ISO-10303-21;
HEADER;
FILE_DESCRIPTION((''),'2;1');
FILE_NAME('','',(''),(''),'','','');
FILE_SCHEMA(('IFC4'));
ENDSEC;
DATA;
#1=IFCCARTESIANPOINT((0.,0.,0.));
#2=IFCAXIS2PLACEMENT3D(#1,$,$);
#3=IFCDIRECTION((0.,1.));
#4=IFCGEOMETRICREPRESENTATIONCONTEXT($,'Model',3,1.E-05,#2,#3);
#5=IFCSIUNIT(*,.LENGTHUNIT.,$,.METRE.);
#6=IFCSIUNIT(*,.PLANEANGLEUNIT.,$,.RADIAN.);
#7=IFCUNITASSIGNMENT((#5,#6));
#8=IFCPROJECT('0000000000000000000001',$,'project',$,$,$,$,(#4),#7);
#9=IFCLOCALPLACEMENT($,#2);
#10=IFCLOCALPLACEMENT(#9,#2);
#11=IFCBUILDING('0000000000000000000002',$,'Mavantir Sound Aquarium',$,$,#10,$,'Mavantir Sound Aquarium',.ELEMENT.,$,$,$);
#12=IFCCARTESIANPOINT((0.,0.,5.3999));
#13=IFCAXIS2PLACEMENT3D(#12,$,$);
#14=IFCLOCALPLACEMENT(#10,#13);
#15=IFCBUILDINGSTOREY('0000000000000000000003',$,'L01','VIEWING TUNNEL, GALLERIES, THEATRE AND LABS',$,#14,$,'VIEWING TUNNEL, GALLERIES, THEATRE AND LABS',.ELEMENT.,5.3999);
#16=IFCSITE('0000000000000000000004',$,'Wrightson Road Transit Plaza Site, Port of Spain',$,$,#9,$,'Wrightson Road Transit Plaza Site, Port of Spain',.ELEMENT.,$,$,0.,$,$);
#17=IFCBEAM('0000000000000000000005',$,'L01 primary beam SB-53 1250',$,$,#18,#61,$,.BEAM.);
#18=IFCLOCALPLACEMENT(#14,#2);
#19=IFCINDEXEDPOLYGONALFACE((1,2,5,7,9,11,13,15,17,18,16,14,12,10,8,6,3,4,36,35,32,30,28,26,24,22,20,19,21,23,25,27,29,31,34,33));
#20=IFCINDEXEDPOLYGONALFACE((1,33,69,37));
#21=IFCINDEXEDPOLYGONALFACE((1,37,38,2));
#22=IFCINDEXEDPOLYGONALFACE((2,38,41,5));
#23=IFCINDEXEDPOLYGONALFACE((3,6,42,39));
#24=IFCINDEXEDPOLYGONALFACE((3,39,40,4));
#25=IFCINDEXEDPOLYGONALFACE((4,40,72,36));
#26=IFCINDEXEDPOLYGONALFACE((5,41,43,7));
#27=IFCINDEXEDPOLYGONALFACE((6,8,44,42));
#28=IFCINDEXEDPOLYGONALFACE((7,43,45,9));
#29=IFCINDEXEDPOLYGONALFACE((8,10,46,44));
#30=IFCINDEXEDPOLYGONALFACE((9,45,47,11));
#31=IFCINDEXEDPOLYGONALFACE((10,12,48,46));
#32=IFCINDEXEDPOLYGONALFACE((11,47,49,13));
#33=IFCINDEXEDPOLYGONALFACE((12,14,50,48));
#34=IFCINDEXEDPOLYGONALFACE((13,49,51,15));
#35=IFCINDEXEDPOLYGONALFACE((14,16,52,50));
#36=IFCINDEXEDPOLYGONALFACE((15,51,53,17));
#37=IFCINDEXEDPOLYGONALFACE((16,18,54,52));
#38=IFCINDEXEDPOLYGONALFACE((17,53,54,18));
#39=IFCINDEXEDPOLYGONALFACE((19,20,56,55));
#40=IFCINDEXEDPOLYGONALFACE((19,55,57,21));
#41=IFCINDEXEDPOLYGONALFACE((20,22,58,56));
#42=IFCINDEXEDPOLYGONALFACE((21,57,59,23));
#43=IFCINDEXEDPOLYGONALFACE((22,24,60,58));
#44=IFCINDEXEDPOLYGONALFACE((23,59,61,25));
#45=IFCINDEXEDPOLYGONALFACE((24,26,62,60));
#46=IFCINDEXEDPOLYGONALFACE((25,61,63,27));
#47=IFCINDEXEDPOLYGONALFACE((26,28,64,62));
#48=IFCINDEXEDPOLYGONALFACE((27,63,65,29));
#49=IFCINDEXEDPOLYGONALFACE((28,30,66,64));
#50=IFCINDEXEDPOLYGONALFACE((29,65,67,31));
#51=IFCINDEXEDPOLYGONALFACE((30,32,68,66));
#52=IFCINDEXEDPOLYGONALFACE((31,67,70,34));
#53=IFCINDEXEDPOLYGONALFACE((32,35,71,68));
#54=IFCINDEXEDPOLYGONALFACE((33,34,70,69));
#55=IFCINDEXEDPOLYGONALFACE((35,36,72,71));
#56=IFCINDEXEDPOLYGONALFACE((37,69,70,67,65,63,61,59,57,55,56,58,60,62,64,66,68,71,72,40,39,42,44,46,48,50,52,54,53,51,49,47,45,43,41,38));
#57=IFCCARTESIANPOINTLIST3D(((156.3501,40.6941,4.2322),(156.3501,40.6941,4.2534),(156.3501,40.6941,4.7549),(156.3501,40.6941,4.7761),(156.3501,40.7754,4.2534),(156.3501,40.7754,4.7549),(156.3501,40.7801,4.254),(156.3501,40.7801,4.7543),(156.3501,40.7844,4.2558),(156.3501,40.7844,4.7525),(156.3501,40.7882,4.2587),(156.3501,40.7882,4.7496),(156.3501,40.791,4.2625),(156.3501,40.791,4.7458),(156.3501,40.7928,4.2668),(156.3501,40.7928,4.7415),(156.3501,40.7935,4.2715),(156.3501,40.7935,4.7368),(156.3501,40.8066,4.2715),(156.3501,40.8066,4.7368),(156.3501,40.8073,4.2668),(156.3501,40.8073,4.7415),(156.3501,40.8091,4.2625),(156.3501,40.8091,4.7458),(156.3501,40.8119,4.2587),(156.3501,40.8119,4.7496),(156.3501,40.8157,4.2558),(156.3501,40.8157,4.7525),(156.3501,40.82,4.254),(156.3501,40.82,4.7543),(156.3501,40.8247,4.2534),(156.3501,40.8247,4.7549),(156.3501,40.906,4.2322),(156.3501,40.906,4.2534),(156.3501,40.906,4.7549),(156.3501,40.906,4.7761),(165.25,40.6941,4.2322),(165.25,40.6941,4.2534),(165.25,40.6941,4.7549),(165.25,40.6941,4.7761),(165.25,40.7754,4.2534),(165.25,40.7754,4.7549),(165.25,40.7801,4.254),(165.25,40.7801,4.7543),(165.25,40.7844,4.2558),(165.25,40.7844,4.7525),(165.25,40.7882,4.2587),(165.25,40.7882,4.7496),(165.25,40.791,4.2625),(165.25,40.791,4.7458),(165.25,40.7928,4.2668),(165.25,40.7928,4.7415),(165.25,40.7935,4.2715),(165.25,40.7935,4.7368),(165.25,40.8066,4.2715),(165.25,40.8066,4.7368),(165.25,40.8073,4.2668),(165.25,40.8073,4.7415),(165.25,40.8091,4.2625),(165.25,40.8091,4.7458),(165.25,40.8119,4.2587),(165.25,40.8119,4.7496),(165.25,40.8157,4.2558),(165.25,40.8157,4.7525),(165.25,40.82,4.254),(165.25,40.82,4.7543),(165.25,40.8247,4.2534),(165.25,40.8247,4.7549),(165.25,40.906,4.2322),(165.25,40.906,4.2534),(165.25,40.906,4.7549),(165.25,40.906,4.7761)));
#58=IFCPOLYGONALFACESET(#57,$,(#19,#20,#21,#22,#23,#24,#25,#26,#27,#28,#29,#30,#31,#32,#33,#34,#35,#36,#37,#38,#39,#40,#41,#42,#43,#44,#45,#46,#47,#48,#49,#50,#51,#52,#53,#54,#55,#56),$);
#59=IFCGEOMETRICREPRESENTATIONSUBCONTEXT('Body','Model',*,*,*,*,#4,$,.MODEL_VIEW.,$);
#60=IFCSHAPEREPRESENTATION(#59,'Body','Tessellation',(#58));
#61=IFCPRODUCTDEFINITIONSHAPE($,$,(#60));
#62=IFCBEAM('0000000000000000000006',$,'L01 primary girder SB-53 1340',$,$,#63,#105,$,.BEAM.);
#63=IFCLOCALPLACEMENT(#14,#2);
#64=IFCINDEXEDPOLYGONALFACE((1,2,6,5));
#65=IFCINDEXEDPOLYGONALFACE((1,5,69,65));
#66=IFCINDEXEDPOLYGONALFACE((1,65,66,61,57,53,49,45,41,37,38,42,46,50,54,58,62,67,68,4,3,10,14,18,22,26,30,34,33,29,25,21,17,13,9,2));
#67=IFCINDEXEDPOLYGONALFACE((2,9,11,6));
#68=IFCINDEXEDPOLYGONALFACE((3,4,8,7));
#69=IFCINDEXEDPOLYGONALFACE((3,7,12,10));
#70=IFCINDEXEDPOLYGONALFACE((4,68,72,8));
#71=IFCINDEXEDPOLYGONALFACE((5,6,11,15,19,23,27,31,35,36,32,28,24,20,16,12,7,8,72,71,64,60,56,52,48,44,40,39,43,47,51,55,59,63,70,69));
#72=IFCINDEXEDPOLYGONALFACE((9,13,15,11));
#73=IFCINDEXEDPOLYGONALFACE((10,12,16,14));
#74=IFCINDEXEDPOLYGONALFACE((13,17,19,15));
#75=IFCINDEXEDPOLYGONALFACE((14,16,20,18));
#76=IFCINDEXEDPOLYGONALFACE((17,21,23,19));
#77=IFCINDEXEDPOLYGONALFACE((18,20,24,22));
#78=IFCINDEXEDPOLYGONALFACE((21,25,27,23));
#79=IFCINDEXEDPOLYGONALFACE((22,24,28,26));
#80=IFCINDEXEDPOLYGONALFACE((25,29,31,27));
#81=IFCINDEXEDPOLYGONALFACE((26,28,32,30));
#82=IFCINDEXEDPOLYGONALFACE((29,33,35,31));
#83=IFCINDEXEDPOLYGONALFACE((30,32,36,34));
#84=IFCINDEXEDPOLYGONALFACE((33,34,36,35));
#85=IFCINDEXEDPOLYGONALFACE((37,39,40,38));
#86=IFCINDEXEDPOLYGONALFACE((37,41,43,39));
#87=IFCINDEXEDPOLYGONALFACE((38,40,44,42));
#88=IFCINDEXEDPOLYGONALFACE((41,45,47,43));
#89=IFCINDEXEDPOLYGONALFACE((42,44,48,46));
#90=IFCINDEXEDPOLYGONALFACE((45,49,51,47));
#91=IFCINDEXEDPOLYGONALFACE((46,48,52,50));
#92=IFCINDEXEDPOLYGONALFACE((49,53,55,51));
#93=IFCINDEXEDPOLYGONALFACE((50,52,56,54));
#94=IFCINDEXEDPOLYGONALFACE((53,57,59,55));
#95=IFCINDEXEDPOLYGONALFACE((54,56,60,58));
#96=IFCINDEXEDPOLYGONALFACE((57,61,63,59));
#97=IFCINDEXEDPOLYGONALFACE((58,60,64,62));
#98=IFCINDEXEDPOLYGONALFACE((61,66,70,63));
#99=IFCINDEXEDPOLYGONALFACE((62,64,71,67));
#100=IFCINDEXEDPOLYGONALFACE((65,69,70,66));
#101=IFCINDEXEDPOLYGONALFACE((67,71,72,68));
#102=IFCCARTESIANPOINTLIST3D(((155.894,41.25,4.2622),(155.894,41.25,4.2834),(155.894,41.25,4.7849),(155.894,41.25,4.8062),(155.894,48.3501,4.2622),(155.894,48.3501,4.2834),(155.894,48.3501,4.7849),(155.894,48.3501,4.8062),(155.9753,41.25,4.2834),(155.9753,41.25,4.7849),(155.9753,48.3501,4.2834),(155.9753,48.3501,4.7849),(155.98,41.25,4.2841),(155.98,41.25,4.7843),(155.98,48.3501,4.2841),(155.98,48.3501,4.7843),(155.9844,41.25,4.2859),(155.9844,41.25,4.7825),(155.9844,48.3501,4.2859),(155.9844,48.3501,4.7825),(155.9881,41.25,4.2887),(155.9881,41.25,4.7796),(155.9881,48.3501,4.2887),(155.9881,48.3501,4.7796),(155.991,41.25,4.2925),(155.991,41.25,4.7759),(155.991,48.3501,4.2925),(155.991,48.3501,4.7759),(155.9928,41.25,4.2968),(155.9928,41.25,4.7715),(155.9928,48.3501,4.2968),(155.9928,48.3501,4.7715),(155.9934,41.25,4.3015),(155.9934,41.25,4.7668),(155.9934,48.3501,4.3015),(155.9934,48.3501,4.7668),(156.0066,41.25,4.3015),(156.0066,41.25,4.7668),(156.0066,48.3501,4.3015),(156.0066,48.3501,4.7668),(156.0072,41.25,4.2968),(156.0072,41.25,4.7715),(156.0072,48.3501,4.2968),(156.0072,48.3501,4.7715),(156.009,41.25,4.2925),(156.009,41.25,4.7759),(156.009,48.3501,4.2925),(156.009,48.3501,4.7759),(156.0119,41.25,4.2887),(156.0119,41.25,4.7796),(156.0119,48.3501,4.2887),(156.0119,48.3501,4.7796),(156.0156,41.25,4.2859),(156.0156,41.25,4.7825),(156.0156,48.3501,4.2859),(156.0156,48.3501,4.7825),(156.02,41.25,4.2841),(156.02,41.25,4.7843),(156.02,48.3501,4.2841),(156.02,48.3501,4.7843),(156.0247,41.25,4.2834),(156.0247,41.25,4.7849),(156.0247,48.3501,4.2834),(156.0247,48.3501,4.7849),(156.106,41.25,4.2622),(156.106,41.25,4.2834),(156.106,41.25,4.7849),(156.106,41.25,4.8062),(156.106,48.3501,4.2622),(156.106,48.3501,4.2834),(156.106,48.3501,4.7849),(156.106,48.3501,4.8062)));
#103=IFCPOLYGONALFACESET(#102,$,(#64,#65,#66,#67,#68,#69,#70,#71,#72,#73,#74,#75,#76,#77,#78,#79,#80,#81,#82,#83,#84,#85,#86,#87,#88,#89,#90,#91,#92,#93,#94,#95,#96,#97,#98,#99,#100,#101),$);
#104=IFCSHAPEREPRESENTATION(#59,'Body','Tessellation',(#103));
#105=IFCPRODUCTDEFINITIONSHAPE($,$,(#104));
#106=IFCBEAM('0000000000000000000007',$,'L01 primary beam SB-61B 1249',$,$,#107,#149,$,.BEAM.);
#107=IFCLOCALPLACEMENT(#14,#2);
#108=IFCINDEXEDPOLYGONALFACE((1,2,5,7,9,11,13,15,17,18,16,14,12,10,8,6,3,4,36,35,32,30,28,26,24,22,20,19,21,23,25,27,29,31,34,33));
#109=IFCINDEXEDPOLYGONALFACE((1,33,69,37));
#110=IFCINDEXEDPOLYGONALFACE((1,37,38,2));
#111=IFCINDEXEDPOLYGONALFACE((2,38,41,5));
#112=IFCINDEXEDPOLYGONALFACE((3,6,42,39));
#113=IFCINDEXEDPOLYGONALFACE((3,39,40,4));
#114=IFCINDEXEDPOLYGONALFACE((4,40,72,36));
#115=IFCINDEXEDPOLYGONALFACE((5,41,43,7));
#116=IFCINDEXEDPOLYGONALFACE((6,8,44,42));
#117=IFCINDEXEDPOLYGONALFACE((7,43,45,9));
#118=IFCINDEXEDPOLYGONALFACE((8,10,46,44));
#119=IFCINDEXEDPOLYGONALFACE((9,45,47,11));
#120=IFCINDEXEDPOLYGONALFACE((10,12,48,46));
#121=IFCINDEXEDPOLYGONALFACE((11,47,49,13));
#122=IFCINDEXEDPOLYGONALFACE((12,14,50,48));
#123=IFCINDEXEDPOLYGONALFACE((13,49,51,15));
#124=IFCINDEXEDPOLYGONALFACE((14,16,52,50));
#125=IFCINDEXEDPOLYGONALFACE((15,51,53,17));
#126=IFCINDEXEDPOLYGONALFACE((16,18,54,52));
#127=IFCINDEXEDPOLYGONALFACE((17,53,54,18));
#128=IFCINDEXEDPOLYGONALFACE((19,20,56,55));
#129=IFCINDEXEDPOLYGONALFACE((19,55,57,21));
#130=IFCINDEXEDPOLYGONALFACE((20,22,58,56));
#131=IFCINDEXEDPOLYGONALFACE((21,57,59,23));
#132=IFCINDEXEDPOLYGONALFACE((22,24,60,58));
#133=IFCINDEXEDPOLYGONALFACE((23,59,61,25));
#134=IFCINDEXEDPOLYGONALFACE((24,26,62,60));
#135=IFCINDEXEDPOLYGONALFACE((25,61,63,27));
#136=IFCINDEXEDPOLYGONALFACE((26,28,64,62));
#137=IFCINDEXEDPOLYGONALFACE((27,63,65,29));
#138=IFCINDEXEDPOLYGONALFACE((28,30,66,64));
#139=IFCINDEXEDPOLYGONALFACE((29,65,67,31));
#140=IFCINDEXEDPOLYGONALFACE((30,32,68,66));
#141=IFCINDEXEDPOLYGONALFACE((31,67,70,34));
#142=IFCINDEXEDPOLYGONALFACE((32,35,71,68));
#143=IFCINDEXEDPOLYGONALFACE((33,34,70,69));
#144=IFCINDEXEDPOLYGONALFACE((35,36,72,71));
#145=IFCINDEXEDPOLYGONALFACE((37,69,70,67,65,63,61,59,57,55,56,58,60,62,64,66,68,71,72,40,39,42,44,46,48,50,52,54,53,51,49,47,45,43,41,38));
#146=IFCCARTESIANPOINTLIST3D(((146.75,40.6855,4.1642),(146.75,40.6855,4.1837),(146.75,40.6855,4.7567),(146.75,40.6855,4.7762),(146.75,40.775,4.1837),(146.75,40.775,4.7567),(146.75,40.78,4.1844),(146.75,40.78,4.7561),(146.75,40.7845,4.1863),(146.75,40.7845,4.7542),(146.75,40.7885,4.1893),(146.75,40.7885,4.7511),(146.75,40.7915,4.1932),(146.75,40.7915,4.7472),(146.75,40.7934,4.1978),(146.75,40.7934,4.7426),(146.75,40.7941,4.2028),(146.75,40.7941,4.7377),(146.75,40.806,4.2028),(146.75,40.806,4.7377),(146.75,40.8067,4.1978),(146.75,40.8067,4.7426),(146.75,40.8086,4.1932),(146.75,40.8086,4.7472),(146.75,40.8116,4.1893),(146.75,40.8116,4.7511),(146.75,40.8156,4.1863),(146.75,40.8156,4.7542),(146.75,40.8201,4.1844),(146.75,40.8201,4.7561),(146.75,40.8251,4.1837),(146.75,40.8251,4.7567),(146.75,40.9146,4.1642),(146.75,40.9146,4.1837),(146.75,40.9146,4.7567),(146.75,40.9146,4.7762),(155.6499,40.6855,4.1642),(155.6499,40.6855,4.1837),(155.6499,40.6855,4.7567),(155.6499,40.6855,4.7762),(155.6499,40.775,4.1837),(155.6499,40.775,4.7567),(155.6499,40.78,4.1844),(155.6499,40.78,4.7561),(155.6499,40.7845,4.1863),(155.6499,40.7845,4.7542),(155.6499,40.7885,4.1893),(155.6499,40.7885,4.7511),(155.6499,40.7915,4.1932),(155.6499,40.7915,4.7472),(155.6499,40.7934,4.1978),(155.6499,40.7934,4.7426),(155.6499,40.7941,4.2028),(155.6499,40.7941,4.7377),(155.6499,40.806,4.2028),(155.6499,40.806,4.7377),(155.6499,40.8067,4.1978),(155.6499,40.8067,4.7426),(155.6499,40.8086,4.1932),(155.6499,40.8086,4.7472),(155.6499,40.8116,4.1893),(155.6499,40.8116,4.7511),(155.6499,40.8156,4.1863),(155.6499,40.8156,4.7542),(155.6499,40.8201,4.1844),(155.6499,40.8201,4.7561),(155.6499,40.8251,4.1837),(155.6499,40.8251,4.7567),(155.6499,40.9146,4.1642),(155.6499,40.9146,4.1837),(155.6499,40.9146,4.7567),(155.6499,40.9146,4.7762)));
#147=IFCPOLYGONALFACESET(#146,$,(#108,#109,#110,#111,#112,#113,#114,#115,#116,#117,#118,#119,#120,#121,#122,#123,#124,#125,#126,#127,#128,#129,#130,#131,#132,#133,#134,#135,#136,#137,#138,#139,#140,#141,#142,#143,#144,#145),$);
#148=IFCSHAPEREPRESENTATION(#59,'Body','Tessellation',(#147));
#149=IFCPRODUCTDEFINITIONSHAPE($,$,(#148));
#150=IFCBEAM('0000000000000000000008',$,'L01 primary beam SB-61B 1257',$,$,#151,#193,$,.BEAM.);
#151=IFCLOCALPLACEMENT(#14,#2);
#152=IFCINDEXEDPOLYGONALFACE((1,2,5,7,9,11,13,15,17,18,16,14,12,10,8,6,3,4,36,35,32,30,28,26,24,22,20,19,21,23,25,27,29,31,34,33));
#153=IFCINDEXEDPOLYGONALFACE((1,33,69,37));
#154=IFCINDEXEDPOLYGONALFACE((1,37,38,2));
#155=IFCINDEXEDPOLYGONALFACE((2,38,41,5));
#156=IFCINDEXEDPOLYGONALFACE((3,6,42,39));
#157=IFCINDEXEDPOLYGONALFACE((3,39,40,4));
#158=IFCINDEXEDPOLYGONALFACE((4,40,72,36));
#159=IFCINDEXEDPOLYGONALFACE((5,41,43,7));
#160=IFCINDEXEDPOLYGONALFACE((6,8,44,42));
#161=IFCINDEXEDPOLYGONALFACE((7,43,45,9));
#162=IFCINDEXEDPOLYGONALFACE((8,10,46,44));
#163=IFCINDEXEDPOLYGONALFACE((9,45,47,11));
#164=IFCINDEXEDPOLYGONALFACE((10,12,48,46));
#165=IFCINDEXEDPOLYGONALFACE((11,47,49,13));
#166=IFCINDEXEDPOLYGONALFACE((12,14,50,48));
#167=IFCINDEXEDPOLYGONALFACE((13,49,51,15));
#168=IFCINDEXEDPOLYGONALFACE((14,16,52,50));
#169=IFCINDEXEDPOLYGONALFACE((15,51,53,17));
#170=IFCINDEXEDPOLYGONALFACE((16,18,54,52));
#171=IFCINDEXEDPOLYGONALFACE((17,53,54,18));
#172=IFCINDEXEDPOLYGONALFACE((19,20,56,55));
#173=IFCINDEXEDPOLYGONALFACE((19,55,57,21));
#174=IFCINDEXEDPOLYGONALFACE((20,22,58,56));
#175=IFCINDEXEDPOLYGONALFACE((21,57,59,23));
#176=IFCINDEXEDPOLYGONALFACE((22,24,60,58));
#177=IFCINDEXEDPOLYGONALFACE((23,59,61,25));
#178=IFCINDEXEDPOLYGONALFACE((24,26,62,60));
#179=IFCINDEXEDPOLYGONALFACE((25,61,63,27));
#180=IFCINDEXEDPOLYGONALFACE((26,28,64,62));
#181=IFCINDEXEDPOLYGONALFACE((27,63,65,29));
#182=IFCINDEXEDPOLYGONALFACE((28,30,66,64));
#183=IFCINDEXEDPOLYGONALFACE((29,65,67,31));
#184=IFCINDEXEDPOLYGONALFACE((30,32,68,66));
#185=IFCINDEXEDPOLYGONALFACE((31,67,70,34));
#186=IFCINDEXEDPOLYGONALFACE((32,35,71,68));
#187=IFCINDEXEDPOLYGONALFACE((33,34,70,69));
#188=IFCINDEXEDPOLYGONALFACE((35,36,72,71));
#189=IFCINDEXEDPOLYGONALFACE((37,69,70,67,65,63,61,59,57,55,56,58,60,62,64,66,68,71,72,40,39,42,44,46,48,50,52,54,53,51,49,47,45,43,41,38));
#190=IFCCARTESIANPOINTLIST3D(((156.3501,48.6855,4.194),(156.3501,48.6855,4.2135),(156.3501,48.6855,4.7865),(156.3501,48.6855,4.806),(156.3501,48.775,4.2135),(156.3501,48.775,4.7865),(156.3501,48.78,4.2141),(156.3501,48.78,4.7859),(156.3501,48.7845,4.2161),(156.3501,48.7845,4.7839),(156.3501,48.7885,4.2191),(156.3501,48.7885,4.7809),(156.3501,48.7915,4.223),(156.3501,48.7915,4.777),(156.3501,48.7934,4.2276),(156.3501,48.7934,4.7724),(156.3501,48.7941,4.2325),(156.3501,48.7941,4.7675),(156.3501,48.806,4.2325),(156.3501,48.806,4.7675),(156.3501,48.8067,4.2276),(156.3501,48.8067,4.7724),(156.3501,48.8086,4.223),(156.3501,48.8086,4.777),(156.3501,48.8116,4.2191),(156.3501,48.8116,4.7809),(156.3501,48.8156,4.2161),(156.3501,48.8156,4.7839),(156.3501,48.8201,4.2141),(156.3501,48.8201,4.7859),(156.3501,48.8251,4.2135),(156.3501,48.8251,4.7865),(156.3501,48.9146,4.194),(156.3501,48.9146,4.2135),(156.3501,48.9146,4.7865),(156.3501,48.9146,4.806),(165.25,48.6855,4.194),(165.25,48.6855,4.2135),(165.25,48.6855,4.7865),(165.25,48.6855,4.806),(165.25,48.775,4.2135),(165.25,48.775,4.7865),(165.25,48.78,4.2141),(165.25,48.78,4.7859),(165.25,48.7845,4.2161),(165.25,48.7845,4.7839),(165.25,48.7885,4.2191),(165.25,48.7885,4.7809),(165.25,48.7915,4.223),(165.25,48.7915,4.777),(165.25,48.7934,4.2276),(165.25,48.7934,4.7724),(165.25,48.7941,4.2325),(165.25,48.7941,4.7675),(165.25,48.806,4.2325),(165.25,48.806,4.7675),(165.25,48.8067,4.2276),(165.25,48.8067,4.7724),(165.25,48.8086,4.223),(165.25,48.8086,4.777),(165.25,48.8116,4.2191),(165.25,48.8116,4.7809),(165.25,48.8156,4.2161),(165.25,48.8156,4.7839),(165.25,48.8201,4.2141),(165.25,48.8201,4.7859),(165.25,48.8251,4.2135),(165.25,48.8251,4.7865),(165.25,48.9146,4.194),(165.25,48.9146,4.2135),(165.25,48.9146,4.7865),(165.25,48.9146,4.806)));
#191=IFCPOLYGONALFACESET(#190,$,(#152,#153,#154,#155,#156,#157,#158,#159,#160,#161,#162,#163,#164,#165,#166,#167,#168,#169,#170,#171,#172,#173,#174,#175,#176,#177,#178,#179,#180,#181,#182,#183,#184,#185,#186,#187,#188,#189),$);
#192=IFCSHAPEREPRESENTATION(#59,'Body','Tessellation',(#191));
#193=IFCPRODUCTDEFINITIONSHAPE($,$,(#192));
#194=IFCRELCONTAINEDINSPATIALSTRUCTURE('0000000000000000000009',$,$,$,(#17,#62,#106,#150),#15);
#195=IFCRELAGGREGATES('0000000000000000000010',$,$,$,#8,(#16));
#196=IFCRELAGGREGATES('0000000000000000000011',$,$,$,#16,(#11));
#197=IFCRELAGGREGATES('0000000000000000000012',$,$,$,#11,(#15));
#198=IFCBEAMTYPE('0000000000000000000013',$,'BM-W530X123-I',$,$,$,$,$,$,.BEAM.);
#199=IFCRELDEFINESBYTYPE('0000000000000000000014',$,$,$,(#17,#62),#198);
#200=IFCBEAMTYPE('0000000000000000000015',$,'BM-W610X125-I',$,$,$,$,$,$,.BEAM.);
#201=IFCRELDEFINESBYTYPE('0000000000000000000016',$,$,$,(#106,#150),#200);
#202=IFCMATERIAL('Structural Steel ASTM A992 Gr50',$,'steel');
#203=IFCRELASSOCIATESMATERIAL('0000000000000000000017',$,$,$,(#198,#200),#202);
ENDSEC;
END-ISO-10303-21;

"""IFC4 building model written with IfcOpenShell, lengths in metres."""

from ifc_helpers import new_model, si_unit, direction, frame, origin, origin_2d, place, context, subcontext, project, spatial, i_section, extrude, material, material_profile, profile_set, type_object, element, save


model = new_model("IFC4")

# Units and contexts
model_context = context("Model", 3, precision=1e-05, world=origin(), true_north=direction((0.0, 1.0)))
body_context = subcontext(model_context, "Body", "Model", "MODEL_VIEW")
ifc_project = project(units=[si_unit("LENGTHUNIT", "METRE"), si_unit("PLANEANGLEUNIT", "RADIAN")], contexts=[model_context])

# Site, building, storey
site_placement = place(None, origin())
site = spatial("IfcSite", under=ifc_project, at=site_placement, Name="Wrightson Road Transit Plaza Site, Port of Spain", LongName="Wrightson Road Transit Plaza Site, Port of Spain", CompositionType="ELEMENT", RefElevation=0.0)
building_placement = place(site_placement, origin())
building = spatial("IfcBuilding", under=site, at=building_placement, Name="Mavantir Sound Aquarium", LongName="Mavantir Sound Aquarium", CompositionType="ELEMENT")
storey_placement = place(building_placement, frame((0.0, 0.0, 5.3999)))
storey = spatial("IfcBuildingStorey", under=building, at=storey_placement, Name="L01", Description="VIEWING TUNNEL, GALLERIES, THEATRE AND LABS", LongName="VIEWING TUNNEL, GALLERIES, THEATRE AND LABS", CompositionType="ELEMENT", Elevation=5.3999)

# Beams
ifc_material_1 = material(Name="Structural Steel ASTM A992 Gr50", Category="steel")
ifc_material_profile_1 = material_profile(ifc_material_1, i_section(OverallWidth=0.2119, OverallDepth=0.5439, WebThickness=0.0132, FlangeThickness=0.0212, FilletRadius=0.0181, at=origin_2d()), Name="W530X123")
ifc_profile_set_1 = profile_set([ifc_material_profile_1], Name="Structural Steel ASTM A992 Gr50")
beam_type_1 = type_object("IfcBeamType", Name="BM-W530X123-I", PredefinedType="BEAM", material=ifc_profile_set_1)
beam_1_placement = place(storey_placement, frame((156.3501, 40.8, 4.5042), z_axis=(1.0, 0.0, 0.0), x_axis=(0.0, 1.0, 0.0)))
element("IfcBeam", 1, at=beam_1_placement, inside=storey, type_object=beam_type_1, Name="L01 primary beam SB-53 1250", PredefinedType="BEAM", context=body_context, shape_type="SweptSolid", body=[
    extrude(i_section(OverallWidth=0.2119, OverallDepth=0.5439, WebThickness=0.0132, FlangeThickness=0.0212, FilletRadius=0.0181, at=origin_2d()), origin(), (0.0, 0.0, 1.0), 8.8999),
])
beam_2_placement = place(storey_placement, frame((156.0, 41.25, 4.5342), z_axis=(0.0, 1.0, 0.0), x_axis=(-1.0, 0.0, 0.0)))
element("IfcBeam", 2, at=beam_2_placement, inside=storey, type_object=beam_type_1, Name="L01 primary girder SB-53 1340", PredefinedType="BEAM", context=body_context, shape_type="SweptSolid", body=[
    extrude(i_section(OverallWidth=0.2119, OverallDepth=0.5439, WebThickness=0.0132, FlangeThickness=0.0212, FilletRadius=0.0181, at=origin_2d()), origin(), (0.0, 0.0, 1.0), 7.1001),
])
ifc_material_profile_2 = material_profile(ifc_material_1, i_section(OverallWidth=0.229, OverallDepth=0.6121, WebThickness=0.012, FlangeThickness=0.0195, FilletRadius=0.019, at=origin_2d()), Name="W610X125")
ifc_profile_set_2 = profile_set([ifc_material_profile_2], Name="Structural Steel ASTM A992 Gr50")
beam_type_2 = type_object("IfcBeamType", Name="BM-W610X125-I", PredefinedType="BEAM", material=ifc_profile_set_2)
for number, where, z_axis, x_axis, name in (
    (3, (146.75, 40.8, 4.4702), (1.0, 0.0, 0.0), (0.0, 1.0, 0.0), "L01 primary beam SB-61B 1249"),
    (4, (156.3501, 48.8, 4.5), (1.0, 0.0, 0.0), (0.0, 1.0, 0.0), "L01 primary beam SB-61B 1257"),
):
    element("IfcBeam", number, at=place(storey_placement, frame(where, z_axis=z_axis, x_axis=x_axis)), inside=storey, type_object=beam_type_2, Name=name, PredefinedType="BEAM", context=body_context, shape_type="SweptSolid", body=[
        extrude(i_section(OverallWidth=0.229, OverallDepth=0.6121, WebThickness=0.012, FlangeThickness=0.0195, FilletRadius=0.019, at=origin_2d()), origin(), (0.0, 0.0, 1.0), 8.8999),
    ])

save(model, "model.ifc")
